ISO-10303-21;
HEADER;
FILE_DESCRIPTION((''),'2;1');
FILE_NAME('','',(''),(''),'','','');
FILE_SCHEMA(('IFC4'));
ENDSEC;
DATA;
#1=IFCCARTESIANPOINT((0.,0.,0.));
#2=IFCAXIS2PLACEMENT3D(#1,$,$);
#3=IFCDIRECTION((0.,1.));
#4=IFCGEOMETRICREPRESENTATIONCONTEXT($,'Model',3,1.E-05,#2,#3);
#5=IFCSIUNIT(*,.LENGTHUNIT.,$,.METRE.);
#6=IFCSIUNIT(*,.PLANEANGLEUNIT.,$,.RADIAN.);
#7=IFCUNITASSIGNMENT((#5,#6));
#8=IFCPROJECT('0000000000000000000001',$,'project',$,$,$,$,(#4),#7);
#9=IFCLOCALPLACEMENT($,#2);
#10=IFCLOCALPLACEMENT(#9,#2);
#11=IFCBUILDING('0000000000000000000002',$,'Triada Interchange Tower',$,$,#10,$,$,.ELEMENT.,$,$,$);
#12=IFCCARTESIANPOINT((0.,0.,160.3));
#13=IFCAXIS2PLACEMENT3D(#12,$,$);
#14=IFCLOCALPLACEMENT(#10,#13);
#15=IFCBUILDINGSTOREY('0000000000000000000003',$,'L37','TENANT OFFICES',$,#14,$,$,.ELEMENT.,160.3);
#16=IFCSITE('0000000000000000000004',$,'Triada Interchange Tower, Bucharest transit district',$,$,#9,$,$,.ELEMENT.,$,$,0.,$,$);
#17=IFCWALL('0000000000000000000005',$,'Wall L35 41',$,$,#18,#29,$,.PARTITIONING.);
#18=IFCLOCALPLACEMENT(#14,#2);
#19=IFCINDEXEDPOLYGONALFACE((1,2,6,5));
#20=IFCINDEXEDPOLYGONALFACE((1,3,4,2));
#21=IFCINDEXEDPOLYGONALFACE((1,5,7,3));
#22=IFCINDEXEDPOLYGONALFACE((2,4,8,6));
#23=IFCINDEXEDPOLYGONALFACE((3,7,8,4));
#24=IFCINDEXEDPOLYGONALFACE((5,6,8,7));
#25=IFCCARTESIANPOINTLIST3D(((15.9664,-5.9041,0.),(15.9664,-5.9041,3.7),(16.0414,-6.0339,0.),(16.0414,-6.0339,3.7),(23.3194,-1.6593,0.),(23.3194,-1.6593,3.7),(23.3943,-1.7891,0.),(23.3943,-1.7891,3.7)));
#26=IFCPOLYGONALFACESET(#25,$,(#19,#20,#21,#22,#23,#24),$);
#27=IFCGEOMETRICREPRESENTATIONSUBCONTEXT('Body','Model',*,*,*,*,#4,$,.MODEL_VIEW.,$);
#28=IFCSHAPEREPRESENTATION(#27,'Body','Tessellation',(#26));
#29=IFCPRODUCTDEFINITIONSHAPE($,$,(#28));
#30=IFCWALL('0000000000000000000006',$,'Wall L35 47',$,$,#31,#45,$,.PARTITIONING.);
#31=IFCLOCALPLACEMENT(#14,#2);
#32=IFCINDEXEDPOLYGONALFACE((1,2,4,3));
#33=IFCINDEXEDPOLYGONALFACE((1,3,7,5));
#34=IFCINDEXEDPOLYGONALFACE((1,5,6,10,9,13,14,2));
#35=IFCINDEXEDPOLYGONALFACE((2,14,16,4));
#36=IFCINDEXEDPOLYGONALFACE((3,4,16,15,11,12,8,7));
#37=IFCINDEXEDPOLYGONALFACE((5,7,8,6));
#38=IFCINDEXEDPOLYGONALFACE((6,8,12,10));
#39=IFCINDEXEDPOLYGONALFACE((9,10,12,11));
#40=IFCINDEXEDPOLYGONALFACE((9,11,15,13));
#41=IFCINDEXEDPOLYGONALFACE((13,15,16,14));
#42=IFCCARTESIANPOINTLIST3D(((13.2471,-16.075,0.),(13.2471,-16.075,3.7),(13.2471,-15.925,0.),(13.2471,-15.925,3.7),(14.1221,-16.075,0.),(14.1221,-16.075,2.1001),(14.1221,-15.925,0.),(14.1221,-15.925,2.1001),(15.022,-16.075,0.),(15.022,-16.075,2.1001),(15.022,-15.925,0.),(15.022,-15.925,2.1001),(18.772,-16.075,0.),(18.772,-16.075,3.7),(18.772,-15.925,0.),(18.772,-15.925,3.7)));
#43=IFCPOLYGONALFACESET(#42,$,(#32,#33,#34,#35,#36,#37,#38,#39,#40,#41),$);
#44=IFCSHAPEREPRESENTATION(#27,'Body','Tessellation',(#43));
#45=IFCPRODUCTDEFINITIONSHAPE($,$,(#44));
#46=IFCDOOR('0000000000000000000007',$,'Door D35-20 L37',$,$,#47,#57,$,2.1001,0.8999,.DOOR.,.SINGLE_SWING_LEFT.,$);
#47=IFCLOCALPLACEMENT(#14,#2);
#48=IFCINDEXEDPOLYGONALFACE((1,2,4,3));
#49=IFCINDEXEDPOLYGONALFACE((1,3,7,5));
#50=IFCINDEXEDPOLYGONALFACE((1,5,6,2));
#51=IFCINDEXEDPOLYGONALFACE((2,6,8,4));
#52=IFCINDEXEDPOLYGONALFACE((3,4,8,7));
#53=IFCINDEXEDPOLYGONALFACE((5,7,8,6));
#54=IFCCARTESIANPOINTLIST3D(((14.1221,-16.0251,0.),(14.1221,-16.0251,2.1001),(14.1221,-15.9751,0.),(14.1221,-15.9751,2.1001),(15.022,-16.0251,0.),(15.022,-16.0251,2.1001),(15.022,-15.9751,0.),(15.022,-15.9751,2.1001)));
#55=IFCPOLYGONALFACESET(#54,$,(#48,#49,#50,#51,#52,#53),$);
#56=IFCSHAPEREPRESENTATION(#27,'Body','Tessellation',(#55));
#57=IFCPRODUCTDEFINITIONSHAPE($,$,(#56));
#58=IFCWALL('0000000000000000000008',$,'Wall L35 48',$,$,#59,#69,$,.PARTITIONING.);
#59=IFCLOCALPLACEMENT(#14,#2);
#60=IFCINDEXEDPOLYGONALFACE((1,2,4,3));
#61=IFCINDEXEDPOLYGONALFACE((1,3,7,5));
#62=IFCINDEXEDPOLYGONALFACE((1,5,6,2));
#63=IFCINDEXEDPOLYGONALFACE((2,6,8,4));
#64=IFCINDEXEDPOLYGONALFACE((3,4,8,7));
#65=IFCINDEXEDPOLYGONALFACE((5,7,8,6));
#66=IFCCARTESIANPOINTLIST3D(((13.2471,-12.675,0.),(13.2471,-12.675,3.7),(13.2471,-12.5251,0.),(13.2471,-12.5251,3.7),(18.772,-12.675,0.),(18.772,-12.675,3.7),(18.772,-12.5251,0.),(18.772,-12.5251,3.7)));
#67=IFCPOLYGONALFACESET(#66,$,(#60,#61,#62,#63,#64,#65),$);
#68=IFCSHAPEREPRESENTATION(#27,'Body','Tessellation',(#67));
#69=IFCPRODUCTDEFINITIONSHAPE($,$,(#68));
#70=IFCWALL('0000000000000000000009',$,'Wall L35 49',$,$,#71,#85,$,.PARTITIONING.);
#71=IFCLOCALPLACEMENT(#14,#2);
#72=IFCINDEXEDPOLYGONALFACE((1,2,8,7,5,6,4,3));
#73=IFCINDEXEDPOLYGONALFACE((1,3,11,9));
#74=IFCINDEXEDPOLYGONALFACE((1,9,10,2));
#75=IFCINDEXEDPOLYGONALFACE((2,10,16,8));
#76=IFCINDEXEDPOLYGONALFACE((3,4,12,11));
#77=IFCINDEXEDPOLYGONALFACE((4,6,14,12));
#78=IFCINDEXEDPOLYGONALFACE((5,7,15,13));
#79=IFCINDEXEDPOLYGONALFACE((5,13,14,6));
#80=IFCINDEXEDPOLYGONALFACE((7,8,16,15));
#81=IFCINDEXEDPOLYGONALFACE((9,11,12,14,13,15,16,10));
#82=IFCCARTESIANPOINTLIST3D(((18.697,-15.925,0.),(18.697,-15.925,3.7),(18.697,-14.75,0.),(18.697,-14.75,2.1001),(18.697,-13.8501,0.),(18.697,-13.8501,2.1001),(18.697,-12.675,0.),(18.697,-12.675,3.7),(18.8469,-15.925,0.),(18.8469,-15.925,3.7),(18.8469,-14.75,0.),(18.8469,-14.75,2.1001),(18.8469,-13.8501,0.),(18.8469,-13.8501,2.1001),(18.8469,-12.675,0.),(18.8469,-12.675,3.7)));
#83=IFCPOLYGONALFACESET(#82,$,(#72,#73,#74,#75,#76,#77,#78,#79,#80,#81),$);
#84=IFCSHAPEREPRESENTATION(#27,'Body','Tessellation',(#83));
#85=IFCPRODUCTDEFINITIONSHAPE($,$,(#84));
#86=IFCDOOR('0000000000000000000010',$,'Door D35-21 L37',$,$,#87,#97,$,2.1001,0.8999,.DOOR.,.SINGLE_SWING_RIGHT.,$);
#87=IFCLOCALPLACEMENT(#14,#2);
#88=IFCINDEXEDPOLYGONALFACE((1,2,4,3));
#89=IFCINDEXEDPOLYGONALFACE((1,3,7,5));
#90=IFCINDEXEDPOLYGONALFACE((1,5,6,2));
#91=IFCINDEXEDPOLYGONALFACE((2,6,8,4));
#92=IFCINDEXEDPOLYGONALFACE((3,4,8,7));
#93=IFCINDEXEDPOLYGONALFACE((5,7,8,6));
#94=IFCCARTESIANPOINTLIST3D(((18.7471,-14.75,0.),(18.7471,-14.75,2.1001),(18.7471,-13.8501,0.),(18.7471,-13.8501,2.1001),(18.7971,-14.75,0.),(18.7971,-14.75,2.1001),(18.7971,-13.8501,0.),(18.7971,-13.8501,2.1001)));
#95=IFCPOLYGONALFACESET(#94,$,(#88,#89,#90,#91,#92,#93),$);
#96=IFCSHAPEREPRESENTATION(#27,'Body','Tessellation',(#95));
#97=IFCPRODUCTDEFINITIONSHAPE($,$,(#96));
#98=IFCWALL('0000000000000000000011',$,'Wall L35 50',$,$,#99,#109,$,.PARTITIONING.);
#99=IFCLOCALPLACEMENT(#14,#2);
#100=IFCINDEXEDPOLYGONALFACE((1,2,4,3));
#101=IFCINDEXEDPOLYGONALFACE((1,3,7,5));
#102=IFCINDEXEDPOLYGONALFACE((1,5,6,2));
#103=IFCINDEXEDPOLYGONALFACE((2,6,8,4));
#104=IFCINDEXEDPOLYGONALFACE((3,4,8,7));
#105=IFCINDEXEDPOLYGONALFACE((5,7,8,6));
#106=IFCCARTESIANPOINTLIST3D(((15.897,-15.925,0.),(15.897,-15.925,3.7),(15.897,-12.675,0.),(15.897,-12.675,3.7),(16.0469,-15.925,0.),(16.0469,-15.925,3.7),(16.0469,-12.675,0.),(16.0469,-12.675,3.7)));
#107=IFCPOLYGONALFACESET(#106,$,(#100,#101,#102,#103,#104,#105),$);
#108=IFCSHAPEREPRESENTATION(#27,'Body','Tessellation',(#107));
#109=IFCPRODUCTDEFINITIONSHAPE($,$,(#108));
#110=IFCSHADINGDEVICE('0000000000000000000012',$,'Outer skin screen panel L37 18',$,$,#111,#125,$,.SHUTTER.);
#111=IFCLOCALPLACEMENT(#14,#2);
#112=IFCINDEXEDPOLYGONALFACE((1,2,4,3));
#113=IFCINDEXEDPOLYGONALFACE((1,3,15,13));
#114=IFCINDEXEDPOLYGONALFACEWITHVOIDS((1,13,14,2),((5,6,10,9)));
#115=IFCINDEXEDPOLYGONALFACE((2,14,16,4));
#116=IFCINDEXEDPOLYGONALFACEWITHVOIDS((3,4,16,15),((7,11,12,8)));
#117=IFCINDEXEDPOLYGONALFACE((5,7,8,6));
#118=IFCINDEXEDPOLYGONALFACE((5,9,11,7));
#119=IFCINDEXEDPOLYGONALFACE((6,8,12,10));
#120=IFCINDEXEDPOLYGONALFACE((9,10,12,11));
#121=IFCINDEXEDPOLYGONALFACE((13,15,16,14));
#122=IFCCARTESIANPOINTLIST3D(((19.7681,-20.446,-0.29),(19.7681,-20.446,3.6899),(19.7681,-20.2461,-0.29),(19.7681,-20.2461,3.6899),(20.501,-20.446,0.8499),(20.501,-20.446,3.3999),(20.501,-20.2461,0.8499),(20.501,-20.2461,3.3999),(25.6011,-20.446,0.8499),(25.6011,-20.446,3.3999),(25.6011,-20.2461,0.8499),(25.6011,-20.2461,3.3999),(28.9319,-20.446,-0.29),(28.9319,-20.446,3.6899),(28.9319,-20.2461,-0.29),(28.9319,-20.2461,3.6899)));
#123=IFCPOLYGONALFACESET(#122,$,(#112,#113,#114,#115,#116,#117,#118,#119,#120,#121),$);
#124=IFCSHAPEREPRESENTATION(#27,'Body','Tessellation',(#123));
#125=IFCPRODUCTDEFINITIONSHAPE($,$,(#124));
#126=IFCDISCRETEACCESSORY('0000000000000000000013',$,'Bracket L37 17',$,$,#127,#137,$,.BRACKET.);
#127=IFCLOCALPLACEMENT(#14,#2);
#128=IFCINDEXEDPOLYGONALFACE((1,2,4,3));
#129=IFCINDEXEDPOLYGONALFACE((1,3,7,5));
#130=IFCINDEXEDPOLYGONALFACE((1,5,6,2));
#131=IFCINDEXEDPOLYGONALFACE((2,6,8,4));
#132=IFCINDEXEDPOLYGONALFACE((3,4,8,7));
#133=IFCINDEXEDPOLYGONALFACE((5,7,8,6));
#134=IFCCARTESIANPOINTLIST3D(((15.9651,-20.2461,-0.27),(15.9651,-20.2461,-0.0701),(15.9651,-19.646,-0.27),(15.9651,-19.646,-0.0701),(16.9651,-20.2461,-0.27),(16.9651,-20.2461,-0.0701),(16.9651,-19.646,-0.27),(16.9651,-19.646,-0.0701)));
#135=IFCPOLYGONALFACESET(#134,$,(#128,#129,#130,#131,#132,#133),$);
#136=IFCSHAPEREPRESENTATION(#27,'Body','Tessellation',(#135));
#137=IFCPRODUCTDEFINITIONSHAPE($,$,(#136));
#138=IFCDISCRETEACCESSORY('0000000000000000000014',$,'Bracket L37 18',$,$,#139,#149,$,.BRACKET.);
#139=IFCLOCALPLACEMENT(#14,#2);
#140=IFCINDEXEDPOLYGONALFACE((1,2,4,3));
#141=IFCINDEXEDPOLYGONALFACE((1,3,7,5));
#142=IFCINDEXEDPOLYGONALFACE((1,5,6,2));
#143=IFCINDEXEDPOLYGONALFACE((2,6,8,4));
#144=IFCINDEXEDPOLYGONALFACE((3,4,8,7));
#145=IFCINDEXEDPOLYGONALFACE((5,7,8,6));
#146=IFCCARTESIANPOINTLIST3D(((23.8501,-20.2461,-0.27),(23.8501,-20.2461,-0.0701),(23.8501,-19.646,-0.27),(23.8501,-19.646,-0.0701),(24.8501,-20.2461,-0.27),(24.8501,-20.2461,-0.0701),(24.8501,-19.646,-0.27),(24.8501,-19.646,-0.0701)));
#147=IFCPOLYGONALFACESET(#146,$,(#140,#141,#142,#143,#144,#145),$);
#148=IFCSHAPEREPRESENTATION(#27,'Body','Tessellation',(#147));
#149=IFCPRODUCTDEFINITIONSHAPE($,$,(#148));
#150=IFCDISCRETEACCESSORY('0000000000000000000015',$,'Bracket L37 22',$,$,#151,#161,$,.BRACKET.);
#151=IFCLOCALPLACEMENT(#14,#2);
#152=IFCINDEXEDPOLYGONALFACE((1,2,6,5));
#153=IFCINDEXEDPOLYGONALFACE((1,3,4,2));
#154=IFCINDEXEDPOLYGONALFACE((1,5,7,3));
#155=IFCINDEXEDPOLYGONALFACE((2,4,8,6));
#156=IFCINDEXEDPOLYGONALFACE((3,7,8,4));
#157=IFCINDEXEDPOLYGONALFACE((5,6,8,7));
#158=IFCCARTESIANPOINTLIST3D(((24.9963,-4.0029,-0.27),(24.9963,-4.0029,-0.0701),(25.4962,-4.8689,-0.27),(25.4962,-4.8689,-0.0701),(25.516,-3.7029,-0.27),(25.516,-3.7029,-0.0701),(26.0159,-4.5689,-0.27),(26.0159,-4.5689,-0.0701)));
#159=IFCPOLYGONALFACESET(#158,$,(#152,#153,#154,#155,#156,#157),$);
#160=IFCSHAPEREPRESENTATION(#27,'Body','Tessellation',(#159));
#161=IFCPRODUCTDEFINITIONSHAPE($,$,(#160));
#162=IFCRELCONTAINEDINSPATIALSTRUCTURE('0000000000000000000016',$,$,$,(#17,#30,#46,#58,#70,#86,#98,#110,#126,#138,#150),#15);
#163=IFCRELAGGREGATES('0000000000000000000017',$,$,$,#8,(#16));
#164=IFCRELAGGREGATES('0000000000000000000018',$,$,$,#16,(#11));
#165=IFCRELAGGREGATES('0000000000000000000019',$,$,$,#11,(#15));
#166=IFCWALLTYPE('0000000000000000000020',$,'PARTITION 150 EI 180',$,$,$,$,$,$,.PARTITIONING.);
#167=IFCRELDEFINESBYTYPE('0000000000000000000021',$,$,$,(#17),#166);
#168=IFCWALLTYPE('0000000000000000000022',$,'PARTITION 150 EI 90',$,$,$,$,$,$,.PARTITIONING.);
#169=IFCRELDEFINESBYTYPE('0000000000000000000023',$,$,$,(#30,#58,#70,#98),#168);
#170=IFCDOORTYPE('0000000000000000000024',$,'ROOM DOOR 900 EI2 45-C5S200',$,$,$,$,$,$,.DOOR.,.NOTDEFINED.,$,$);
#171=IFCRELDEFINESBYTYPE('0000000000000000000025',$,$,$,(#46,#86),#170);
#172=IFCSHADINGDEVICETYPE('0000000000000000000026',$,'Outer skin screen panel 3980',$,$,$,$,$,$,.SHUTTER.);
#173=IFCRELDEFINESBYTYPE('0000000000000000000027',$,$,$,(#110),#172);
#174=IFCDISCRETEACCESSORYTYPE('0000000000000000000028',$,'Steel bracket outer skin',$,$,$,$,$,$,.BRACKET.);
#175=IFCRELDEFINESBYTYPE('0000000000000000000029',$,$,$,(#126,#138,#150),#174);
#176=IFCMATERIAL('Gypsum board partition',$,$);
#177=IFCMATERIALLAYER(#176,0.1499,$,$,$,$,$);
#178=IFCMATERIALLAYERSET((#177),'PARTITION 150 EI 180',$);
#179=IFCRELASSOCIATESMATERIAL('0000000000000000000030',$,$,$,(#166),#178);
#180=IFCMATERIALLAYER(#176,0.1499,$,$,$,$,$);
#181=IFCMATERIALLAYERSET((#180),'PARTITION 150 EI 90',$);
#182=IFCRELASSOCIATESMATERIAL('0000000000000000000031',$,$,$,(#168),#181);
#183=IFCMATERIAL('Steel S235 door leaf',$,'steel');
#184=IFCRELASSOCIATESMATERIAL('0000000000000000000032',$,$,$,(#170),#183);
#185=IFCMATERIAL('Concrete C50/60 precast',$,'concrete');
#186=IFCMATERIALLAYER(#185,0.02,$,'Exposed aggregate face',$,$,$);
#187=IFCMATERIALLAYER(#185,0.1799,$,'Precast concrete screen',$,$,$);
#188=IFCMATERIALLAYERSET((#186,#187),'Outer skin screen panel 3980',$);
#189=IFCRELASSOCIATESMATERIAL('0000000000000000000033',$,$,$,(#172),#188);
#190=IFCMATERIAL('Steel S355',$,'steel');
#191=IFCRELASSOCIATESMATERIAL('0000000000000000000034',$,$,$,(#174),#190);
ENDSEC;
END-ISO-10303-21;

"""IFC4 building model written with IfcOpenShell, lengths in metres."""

from ifc_helpers import new_model, si_unit, direction, frame, frame_2d, origin, origin_2d, place, context, subcontext, project, spatial, polyline, rectangle, outline, extrude, material, layer, layer_set, type_object, element, fill, save


model = new_model("IFC4")

# Units and contexts
model_context = context("Model", 3, precision=1e-05, world=origin(), true_north=direction((0.0, 1.0)))
body_context = subcontext(model_context, "Body", "Model", "MODEL_VIEW")
ifc_project = project(units=[si_unit("LENGTHUNIT", "METRE"), si_unit("PLANEANGLEUNIT", "RADIAN")], contexts=[model_context])

# Site, building, storey
site_placement = place(None, origin())
site = spatial("IfcSite", under=ifc_project, at=site_placement, Name="Triada Interchange Tower, Bucharest transit district", CompositionType="ELEMENT", RefElevation=0.0)
building_placement = place(site_placement, origin())
building = spatial("IfcBuilding", under=site, at=building_placement, Name="Triada Interchange Tower", CompositionType="ELEMENT")
storey_placement = place(building_placement, frame((0.0, 0.0, 160.3)))
storey = spatial("IfcBuildingStorey", under=building, at=storey_placement, Name="L37", Description="TENANT OFFICES", CompositionType="ELEMENT", Elevation=160.3)

# Wall
ifc_material_1 = material(Name="Gypsum board partition")
ifc_layer_1 = layer(ifc_material_1, 0.1499)
ifc_layer_set_1 = layer_set([ifc_layer_1], Name="PARTITION 150 EI 180")
wall_type_1 = type_object("IfcWallType", Name="PARTITION 150 EI 180", PredefinedType="PARTITIONING", material=ifc_layer_set_1)
wall_1_placement = place(storey_placement, frame((16.0039, -5.969, 0.0), z_axis=(0.0, 0.0, 1.0), x_axis=(0.866046, 0.499965, 0.0)))
element("IfcWall", 1, at=wall_1_placement, inside=storey, type_object=wall_type_1, Name="Wall L35 41", PredefinedType="PARTITIONING", context=body_context, shape_type="SweptSolid", body=[
    extrude(rectangle(XDim=8.4902, YDim=0.1499, at=frame_2d((4.2451, 0.0))), origin(), (0.0, 0.0, 1.0), 3.7),
])

# Wall, opening, door
ifc_layer_2 = layer(ifc_material_1, 0.1499)
ifc_layer_set_2 = layer_set([ifc_layer_2], Name="PARTITION 150 EI 90")
wall_type_2 = type_object("IfcWallType", Name="PARTITION 150 EI 90", PredefinedType="PARTITIONING", material=ifc_layer_set_2)
wall_2_placement = place(storey_placement, frame((13.2471, -16.0, 0.0), z_axis=(0.0, 0.0, 1.0), x_axis=(1.0, 0.0, 0.0)))
wall_2 = element("IfcWall", 2, at=wall_2_placement, inside=storey, type_object=wall_type_2, Name="Wall L35 47", PredefinedType="PARTITIONING", context=body_context, shape_type="SweptSolid", body=[
    extrude(rectangle(XDim=5.5249, YDim=0.1499, at=frame_2d((2.7625, 0.0))), origin(), (0.0, 0.0, 1.0), 3.7),
])
opening_1_placement = place(wall_2_placement, frame((0.875, 0.0, 0.0)))
opening_1 = element("IfcOpeningElement", 3, at=opening_1_placement, cuts=wall_2, PredefinedType="OPENING", context=body_context, shape_type="SweptSolid", body=[
    extrude(rectangle(XDim=0.8999, YDim=2.1001, at=frame_2d((0.45, 1.05))), frame((0.0, 0.085, 0.0), z_axis=(0.0, -1.0, 0.0), x_axis=(1.0, 0.0, 0.0)), (0.0, 0.0, 1.0), 0.1699),
])
ifc_material_2 = material(Name="Steel S235 door leaf", Category="steel")
door_type = type_object("IfcDoorType", Name="ROOM DOOR 900 EI2 45-C5S200", OperationType="NOTDEFINED", PredefinedType="DOOR", material=ifc_material_2)
door_1_placement = place(opening_1_placement, origin())
door_1 = element("IfcDoor", 4, at=door_1_placement, inside=storey, type_object=door_type, Name="Door D35-20 L37", OperationType="SINGLE_SWING_LEFT", OverallHeight=2.1001, OverallWidth=0.8999, PredefinedType="DOOR", context=body_context, shape_type="SweptSolid", body=[
    extrude(rectangle(XDim=0.8999, YDim=2.1001, at=frame_2d((0.45, 1.05))), frame((0.0, 0.0249, 0.0), z_axis=(0.0, -1.0, 0.0), x_axis=(1.0, 0.0, 0.0)), (0.0, 0.0, 1.0), 0.05),
])
fill(opening_1, door_1)

# Wall
wall_3_placement = place(storey_placement, frame((13.2471, -12.6001, 0.0), z_axis=(0.0, 0.0, 1.0), x_axis=(1.0, 0.0, 0.0)))
element("IfcWall", 5, at=wall_3_placement, inside=storey, type_object=wall_type_2, Name="Wall L35 48", PredefinedType="PARTITIONING", context=body_context, shape_type="SweptSolid", body=[
    extrude(rectangle(XDim=5.5249, YDim=0.1499, at=frame_2d((2.7625, 0.0))), origin(), (0.0, 0.0, 1.0), 3.7),
])

# Wall, opening, door
wall_4_placement = place(storey_placement, frame((18.772, -15.925, 0.0), z_axis=(0.0, 0.0, 1.0), x_axis=(0.0, 1.0, 0.0)))
wall_4 = element("IfcWall", 6, at=wall_4_placement, inside=storey, type_object=wall_type_2, Name="Wall L35 49", PredefinedType="PARTITIONING", context=body_context, shape_type="SweptSolid", body=[
    extrude(rectangle(XDim=3.25, YDim=0.1499, at=frame_2d((1.625, 0.0))), origin(), (0.0, 0.0, 1.0), 3.7),
])
opening_2_placement = place(wall_4_placement, frame((1.175, 0.0, 0.0)))
opening_2 = element("IfcOpeningElement", 7, at=opening_2_placement, cuts=wall_4, PredefinedType="OPENING", context=body_context, shape_type="SweptSolid", body=[
    extrude(rectangle(XDim=0.8999, YDim=2.1001, at=frame_2d((0.45, 1.05))), frame((0.0, 0.085, 0.0), z_axis=(0.0, -1.0, 0.0), x_axis=(1.0, 0.0, 0.0)), (0.0, 0.0, 1.0), 0.1699),
])
door_2_placement = place(opening_2_placement, origin())
door_2 = element("IfcDoor", 8, at=door_2_placement, inside=storey, type_object=door_type, Name="Door D35-21 L37", OperationType="SINGLE_SWING_RIGHT", OverallHeight=2.1001, OverallWidth=0.8999, PredefinedType="DOOR", context=body_context, shape_type="SweptSolid", body=[
    extrude(rectangle(XDim=0.8999, YDim=2.1001, at=frame_2d((0.45, 1.05))), frame((0.0, 0.0249, 0.0), z_axis=(0.0, -1.0, 0.0), x_axis=(1.0, 0.0, 0.0)), (0.0, 0.0, 1.0), 0.05),
])
fill(opening_2, door_2)

# Wall
wall_5_placement = place(storey_placement, frame((15.9719, -15.925, 0.0), z_axis=(0.0, 0.0, 1.0), x_axis=(0.0, 1.0, 0.0)))
element("IfcWall", 9, at=wall_5_placement, inside=storey, type_object=wall_type_2, Name="Wall L35 50", PredefinedType="PARTITIONING", context=body_context, shape_type="SweptSolid", body=[
    extrude(rectangle(XDim=3.25, YDim=0.1499, at=frame_2d((1.625, 0.0))), origin(), (0.0, 0.0, 1.0), 3.7),
])

# Shading device
ifc_material_3 = material(Name="Concrete C50/60 precast", Category="concrete")
ifc_layer_3 = layer(ifc_material_3, 0.02, Name="Exposed aggregate face")
ifc_layer_4 = layer(ifc_material_3, 0.1799, Name="Precast concrete screen")
ifc_layer_set_3 = layer_set([ifc_layer_3, ifc_layer_4], Name="Outer skin screen panel 3980")
shading_device_type = type_object("IfcShadingDeviceType", Name="Outer skin screen panel 3980", PredefinedType="SHUTTER", material=ifc_layer_set_3)
shading_device_placement = place(storey_placement, frame((19.7681, -20.2461, -0.29), z_axis=(0.0, 0.0, 1.0), x_axis=(1.0, 0.0, 0.0)))
element("IfcShadingDevice", 10, at=shading_device_placement, inside=storey, type_object=shading_device_type, Name="Outer skin screen panel L37 18", PredefinedType="SHUTTER", context=body_context, shape_type="SweptSolid", body=[
    extrude(outline(polyline([(0.0, 0.0), (9.1638, 0.0), (9.1638, 3.98), (0.0, 3.98), (0.0, 0.0)]), holes=[polyline([(0.7329, 1.1399), (0.7329, 3.6899), (5.833, 3.6899), (5.833, 1.1399), (0.7329, 1.1399)])]), frame((0.0, 0.0, 0.0), z_axis=(0.0, -1.0, 0.0), x_axis=(1.0, 0.0, 0.0)), (0.0, 0.0, 1.0), 0.2),
])

# Discrete accessories
ifc_material_4 = material(Name="Steel S355", Category="steel")
discrete_accessory_type = type_object("IfcDiscreteAccessoryType", Name="Steel bracket outer skin", PredefinedType="BRACKET", material=ifc_material_4)
for number, where, z_axis, x_axis, name in (
    (11, (16.4651, -19.946, -0.27), (0.0, 0.0, 1.0), (0.0, -1.0, 0.0), "Bracket L37 17"),
    (12, (24.3501, -19.946, -0.27), (0.0, 0.0, 1.0), (0.0, -1.0, 0.0), "Bracket L37 18"),
    (13, (25.5061, -4.2859, -0.27), (0.0, 0.0, 1.0), (0.866036, 0.499982, 0.0), "Bracket L37 22"),
):
    element("IfcDiscreteAccessory", number, at=place(storey_placement, frame(where, z_axis=z_axis, x_axis=x_axis)), inside=storey, type_object=discrete_accessory_type, Name=name, PredefinedType="BRACKET", context=body_context, shape_type="SweptSolid", body=[
        extrude(rectangle(XDim=0.6001, YDim=1.0, at=origin_2d()), origin(), (0.0, 0.0, 1.0), 0.2),
    ])

save(model, "model.ifc")
